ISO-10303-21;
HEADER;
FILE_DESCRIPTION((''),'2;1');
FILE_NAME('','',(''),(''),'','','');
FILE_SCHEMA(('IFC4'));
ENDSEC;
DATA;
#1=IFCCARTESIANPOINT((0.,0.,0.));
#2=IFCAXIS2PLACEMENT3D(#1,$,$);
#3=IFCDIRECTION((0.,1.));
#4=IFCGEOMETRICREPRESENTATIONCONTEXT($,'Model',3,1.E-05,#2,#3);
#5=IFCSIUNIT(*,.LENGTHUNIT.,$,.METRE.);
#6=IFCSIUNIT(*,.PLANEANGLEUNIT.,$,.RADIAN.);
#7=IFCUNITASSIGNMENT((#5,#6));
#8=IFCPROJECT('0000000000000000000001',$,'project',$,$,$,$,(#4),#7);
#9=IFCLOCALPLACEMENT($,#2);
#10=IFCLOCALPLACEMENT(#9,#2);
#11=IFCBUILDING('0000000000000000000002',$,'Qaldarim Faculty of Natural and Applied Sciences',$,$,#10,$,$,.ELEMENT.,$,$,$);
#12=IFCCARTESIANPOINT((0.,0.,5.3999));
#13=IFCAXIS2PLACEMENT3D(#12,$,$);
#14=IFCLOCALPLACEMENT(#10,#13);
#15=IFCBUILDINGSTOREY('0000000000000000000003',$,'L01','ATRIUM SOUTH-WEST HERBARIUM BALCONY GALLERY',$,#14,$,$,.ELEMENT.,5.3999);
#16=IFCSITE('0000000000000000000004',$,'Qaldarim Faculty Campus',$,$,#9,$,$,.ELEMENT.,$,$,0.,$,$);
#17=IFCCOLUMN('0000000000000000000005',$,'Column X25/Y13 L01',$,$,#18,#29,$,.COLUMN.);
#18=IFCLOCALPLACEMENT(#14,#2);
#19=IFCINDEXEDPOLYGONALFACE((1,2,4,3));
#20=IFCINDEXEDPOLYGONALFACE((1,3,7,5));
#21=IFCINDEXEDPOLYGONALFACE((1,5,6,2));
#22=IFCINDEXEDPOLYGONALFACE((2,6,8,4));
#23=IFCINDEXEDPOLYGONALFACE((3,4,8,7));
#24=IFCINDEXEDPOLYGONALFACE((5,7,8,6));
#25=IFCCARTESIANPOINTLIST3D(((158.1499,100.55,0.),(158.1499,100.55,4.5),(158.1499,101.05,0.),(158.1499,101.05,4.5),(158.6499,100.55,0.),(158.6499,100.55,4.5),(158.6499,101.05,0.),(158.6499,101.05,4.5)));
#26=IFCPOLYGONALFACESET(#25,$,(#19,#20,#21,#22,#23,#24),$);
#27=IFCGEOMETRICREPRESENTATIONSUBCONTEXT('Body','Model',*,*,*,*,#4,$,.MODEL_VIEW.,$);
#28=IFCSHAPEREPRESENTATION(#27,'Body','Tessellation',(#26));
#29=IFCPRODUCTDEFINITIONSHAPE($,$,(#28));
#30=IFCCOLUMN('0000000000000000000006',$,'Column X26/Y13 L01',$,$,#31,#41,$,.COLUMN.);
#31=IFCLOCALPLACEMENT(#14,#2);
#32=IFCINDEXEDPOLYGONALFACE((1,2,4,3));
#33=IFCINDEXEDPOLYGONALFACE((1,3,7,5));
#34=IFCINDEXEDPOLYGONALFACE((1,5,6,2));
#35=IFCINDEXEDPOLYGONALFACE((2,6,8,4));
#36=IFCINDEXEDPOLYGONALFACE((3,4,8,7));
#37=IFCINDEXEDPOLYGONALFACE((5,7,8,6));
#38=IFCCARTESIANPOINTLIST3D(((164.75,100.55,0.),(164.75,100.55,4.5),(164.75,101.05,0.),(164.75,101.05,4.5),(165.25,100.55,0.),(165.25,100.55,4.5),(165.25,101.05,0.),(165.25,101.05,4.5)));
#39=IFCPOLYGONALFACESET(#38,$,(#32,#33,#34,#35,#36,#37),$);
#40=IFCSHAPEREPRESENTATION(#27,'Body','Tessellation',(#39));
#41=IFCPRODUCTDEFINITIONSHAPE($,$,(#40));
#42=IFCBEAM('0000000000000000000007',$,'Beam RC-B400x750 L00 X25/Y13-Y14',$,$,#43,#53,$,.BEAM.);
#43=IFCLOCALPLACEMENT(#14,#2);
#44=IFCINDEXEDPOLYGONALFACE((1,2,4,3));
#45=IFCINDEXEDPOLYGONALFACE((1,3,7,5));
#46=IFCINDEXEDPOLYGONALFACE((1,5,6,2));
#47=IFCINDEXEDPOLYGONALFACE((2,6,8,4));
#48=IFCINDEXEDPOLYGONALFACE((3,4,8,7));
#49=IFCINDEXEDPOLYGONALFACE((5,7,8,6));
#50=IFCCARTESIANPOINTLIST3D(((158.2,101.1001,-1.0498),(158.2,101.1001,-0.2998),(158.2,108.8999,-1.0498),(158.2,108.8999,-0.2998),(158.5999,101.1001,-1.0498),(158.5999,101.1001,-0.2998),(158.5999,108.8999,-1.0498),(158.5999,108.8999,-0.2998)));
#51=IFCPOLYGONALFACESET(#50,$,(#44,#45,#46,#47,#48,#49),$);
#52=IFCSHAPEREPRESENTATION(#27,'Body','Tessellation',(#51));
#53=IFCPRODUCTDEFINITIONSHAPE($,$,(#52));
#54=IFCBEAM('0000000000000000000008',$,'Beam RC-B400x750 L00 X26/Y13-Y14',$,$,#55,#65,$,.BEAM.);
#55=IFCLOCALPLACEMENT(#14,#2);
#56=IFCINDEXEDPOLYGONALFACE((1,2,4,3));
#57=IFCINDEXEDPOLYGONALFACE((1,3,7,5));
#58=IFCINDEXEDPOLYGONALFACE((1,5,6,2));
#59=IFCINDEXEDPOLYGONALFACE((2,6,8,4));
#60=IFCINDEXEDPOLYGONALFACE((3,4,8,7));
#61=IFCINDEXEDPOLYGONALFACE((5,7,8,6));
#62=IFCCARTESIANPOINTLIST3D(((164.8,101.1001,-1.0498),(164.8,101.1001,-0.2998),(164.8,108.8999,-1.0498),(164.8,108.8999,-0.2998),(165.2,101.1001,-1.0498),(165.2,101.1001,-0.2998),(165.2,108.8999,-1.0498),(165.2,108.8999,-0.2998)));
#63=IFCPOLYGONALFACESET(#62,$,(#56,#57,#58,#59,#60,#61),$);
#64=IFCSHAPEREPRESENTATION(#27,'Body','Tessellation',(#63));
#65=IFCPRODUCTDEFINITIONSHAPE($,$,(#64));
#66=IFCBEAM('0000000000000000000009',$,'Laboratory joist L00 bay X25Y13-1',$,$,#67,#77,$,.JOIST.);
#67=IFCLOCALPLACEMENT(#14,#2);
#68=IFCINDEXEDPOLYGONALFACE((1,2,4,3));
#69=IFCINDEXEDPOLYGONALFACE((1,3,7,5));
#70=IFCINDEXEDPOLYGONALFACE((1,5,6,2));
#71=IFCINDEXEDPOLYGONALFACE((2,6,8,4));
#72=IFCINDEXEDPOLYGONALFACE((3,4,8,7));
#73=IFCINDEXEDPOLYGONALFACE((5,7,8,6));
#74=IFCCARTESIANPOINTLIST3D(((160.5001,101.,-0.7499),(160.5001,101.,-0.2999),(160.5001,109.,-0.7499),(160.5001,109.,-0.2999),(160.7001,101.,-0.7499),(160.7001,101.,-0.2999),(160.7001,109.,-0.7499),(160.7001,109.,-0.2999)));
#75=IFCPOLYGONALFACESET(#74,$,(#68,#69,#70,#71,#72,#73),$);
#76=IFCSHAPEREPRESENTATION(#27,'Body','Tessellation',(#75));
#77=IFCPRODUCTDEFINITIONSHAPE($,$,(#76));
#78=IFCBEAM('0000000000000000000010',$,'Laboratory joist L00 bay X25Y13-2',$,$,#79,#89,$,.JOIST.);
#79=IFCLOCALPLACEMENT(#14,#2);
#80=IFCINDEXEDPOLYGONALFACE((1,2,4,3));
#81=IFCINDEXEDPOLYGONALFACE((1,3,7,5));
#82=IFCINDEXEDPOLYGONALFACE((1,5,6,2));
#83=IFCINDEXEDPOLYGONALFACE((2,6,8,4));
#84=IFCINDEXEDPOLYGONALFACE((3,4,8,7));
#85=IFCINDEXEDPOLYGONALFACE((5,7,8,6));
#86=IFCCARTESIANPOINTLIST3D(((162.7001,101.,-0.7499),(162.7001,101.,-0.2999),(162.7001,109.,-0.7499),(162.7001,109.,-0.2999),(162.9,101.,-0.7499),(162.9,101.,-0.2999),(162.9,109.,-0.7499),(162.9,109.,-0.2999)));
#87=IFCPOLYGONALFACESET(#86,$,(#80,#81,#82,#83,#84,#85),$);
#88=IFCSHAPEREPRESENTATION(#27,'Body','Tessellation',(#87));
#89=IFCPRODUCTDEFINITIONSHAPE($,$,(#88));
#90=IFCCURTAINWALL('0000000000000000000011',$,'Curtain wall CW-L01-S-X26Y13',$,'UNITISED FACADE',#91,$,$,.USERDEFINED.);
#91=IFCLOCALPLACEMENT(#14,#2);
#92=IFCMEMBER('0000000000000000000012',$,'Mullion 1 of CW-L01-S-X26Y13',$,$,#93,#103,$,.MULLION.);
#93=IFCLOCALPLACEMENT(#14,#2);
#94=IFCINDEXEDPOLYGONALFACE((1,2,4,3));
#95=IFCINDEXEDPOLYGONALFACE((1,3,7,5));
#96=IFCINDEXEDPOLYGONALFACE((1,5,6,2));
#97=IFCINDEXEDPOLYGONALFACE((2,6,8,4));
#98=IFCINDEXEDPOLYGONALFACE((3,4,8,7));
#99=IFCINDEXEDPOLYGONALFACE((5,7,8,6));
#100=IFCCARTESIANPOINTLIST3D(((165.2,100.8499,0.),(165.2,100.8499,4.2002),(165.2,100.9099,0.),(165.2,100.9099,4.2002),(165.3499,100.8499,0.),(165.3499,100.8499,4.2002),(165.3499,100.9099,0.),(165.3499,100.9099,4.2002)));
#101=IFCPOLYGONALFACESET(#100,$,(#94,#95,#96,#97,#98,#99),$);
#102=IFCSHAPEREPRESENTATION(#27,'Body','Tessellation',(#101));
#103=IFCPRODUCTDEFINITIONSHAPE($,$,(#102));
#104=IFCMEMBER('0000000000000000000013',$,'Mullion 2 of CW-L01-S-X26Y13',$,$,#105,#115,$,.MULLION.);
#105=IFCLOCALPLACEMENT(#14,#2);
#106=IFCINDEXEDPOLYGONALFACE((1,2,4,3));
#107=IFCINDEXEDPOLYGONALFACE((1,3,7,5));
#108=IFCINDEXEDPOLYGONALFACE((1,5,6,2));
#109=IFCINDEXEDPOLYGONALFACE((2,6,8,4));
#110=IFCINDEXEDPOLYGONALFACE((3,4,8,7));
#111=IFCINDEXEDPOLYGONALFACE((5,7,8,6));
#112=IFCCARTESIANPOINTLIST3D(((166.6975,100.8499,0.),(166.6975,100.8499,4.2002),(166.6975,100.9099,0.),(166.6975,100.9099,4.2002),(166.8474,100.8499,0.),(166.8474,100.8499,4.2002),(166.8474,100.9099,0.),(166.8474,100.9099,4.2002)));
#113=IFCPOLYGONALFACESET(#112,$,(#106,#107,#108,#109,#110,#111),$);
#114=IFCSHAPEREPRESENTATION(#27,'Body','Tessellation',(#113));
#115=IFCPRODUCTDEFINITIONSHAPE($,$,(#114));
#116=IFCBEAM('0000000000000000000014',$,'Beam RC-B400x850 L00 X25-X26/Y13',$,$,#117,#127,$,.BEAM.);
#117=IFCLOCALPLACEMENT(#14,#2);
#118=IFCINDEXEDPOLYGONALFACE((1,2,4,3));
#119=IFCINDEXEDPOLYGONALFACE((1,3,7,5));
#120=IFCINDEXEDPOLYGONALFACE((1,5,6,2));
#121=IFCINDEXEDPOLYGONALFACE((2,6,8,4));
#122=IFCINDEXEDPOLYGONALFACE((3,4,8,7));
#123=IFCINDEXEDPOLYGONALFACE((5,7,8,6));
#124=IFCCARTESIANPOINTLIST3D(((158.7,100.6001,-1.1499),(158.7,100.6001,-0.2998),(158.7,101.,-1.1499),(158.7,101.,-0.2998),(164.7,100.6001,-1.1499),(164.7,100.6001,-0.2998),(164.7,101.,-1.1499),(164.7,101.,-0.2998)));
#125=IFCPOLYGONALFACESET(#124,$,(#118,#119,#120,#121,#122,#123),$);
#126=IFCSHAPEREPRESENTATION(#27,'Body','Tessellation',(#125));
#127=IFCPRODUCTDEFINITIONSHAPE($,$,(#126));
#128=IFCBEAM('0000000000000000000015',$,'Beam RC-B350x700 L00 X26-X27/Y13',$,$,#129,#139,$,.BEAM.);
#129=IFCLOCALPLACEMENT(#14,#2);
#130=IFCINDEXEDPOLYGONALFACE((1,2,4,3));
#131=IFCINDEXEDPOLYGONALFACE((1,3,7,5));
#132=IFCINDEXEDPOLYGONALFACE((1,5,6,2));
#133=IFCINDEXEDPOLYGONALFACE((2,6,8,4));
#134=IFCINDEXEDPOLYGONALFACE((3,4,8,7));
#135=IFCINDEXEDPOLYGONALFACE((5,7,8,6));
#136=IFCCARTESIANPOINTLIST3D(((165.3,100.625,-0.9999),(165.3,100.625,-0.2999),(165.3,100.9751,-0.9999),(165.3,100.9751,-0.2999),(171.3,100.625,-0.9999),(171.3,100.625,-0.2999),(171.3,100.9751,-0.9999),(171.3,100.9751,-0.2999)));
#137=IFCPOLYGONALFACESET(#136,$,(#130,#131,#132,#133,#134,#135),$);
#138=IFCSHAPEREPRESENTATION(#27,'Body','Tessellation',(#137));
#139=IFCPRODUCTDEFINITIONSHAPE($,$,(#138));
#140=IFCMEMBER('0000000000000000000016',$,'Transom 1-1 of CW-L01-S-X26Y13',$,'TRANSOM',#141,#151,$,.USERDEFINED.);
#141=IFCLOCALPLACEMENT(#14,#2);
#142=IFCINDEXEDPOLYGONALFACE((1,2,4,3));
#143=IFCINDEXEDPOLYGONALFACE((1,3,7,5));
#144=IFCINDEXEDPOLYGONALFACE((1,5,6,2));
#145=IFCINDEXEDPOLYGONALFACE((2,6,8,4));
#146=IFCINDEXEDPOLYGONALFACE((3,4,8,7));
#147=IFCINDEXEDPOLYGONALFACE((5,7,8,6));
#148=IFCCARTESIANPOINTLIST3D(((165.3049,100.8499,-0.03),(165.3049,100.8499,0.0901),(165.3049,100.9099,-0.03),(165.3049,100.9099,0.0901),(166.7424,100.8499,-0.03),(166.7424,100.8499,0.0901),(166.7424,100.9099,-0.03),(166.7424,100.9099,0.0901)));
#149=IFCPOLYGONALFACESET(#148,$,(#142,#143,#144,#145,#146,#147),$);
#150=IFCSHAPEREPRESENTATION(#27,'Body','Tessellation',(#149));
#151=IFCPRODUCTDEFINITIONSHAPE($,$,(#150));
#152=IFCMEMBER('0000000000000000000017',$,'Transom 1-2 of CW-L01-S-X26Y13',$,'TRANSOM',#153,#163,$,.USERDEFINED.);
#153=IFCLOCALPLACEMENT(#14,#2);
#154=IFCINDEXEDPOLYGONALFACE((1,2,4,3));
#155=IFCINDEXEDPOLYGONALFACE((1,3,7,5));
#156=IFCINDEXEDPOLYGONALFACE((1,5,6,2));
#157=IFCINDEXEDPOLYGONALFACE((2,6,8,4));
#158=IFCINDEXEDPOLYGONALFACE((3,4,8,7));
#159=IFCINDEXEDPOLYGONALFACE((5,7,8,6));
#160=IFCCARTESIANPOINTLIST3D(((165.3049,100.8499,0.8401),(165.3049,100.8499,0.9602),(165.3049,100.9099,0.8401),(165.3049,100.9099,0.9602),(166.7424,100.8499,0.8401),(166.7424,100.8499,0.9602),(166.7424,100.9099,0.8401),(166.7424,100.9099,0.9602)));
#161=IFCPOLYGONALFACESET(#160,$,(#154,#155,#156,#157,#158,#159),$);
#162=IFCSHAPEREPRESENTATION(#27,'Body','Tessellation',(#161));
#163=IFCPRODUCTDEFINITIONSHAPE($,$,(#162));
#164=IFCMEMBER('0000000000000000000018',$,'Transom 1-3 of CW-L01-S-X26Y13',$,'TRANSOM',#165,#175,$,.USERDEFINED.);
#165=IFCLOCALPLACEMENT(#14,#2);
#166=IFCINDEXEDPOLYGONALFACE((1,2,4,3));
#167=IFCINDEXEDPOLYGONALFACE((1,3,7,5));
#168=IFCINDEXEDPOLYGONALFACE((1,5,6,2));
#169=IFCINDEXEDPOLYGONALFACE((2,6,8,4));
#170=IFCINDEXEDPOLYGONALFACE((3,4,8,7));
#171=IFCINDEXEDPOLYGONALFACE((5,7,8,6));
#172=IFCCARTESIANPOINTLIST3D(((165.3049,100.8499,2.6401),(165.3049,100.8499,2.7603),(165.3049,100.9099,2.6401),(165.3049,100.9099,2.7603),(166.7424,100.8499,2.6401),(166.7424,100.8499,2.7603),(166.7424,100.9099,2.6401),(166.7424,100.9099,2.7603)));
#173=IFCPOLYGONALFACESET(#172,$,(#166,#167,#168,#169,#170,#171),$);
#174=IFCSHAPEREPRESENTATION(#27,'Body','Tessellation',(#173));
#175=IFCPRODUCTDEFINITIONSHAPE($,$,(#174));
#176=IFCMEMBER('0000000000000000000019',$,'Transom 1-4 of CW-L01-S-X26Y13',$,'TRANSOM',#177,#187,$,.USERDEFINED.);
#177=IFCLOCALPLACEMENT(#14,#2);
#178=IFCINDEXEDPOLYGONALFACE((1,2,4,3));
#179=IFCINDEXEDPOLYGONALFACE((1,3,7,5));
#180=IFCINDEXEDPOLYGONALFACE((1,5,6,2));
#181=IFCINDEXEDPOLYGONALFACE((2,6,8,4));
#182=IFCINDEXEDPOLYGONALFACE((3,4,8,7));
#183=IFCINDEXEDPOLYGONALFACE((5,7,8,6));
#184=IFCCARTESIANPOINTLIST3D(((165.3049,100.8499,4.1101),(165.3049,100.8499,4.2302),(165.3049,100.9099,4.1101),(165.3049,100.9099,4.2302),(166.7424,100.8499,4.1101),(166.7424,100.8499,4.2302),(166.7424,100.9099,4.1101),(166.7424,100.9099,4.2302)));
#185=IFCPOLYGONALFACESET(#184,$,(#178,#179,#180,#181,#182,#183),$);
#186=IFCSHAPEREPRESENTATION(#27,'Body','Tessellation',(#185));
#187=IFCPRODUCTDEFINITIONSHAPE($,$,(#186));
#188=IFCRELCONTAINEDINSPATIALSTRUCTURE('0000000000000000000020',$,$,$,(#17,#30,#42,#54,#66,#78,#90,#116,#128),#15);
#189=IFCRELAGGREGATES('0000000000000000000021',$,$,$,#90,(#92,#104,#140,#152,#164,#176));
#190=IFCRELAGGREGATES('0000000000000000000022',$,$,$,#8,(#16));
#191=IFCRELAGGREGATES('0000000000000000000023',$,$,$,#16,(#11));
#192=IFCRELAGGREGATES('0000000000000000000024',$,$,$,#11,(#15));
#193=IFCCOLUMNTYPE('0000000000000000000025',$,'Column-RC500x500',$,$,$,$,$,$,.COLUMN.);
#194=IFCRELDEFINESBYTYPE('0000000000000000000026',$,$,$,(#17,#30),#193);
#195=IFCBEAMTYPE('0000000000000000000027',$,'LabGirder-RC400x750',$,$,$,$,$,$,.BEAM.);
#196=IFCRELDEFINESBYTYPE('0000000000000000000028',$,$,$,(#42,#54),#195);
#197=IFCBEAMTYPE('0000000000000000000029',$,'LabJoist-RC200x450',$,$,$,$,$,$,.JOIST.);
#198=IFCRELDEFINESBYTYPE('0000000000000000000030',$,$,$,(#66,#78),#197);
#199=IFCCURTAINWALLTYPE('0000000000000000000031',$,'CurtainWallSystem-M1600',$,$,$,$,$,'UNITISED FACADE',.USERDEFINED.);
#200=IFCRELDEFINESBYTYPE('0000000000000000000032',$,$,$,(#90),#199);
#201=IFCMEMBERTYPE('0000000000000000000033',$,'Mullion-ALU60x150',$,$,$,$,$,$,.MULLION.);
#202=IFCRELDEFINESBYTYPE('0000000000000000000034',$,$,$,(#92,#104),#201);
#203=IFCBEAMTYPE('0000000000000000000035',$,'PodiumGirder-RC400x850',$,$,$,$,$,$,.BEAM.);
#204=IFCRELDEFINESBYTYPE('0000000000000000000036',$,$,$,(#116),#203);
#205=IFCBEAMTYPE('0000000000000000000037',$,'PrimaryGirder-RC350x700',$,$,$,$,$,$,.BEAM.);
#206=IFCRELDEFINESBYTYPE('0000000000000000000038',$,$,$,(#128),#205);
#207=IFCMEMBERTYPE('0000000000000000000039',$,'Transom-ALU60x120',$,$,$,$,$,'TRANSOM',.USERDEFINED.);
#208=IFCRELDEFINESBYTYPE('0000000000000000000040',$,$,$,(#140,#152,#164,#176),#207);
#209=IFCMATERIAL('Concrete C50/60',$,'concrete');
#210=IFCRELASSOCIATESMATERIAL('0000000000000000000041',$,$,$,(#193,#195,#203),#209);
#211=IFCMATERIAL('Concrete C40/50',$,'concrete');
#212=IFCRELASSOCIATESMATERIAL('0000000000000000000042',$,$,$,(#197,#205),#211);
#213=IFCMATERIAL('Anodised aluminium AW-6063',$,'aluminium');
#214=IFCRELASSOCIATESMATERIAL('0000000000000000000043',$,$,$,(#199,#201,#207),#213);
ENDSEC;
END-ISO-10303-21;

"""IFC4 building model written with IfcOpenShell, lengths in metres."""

from ifc_helpers import new_model, si_unit, direction, frame, origin, origin_2d, place, context, subcontext, project, spatial, rectangle, extrude, material, material_profile, profile_set, type_object, element, aggregate, save


model = new_model("IFC4")

# Units and contexts
model_context = context("Model", 3, precision=1e-05, world=origin(), true_north=direction((0.0, 1.0)))
body_context = subcontext(model_context, "Body", "Model", "MODEL_VIEW")
ifc_project = project(units=[si_unit("LENGTHUNIT", "METRE"), si_unit("PLANEANGLEUNIT", "RADIAN")], contexts=[model_context])

# Site, building, storey
site_placement = place(None, origin())
site = spatial("IfcSite", under=ifc_project, at=site_placement, Name="Qaldarim Faculty Campus", CompositionType="ELEMENT", RefElevation=0.0)
building_placement = place(site_placement, origin())
building = spatial("IfcBuilding", under=site, at=building_placement, Name="Qaldarim Faculty of Natural and Applied Sciences", CompositionType="ELEMENT")
storey_placement = place(building_placement, frame((0.0, 0.0, 5.3999)))
storey = spatial("IfcBuildingStorey", under=building, at=storey_placement, Name="L01", Description="ATRIUM SOUTH-WEST HERBARIUM BALCONY GALLERY", CompositionType="ELEMENT", Elevation=5.3999)

# Columns
ifc_material_1 = material(Name="Concrete C50/60", Category="concrete")
ifc_material_profile_1 = material_profile(ifc_material_1, rectangle(XDim=0.5, YDim=0.5, at=origin_2d()), Name="RC-C500x500")
ifc_profile_set_1 = profile_set([ifc_material_profile_1], Name="Concrete C50/60")
column_type = type_object("IfcColumnType", Name="Column-RC500x500", PredefinedType="COLUMN", material=ifc_profile_set_1)
for number, where, z_axis, x_axis, name in (
    (1, (158.3999, 100.8, 0.0), (0.0, 0.0, 1.0), (1.0, 0.0, 0.0), "Column X25/Y13 L01"),
    (2, (165.0, 100.8, 0.0), (0.0, 0.0, 1.0), (1.0, 0.0, 0.0), "Column X26/Y13 L01"),
):
    element("IfcColumn", number, at=place(storey_placement, frame(where, z_axis=z_axis, x_axis=x_axis)), inside=storey, type_object=column_type, Name=name, PredefinedType="COLUMN", context=body_context, shape_type="SweptSolid", body=[
        extrude(rectangle(XDim=0.5, YDim=0.5, at=origin_2d()), origin(), (0.0, 0.0, 1.0), 4.5),
    ])

# Beams
ifc_material_profile_2 = material_profile(ifc_material_1, rectangle(XDim=0.3999, YDim=0.75, at=origin_2d()), Name="RC-B400x750")
ifc_profile_set_2 = profile_set([ifc_material_profile_2], Name="Concrete C50/60")
beam_type_1 = type_object("IfcBeamType", Name="LabGirder-RC400x750", PredefinedType="BEAM", material=ifc_profile_set_2)
for number, where, z_axis, x_axis, name in (
    (3, (158.3999, 101.1001, -0.6748), (0.0, 1.0, 0.0), (-1.0, 0.0, 0.0), "Beam RC-B400x750 L00 X25/Y13-Y14"),
    (4, (165.0, 101.1001, -0.6748), (0.0, 1.0, 0.0), (-1.0, 0.0, 0.0), "Beam RC-B400x750 L00 X26/Y13-Y14"),
):
    element("IfcBeam", number, at=place(storey_placement, frame(where, z_axis=z_axis, x_axis=x_axis)), inside=storey, type_object=beam_type_1, Name=name, PredefinedType="BEAM", context=body_context, shape_type="SweptSolid", body=[
        extrude(rectangle(XDim=0.3999, YDim=0.75, at=origin_2d()), origin(), (0.0, 0.0, 1.0), 7.7998),
    ])
ifc_material_2 = material(Name="Concrete C40/50", Category="concrete")
ifc_material_profile_3 = material_profile(ifc_material_2, rectangle(XDim=0.2, YDim=0.45, at=origin_2d()), Name="RC-J200x450")
ifc_profile_set_3 = profile_set([ifc_material_profile_3], Name="Concrete C40/50")
beam_type_2 = type_object("IfcBeamType", Name="LabJoist-RC200x450", PredefinedType="JOIST", material=ifc_profile_set_3)
for number, where, z_axis, x_axis, name in (
    (5, (160.6001, 101.0, -0.5249), (0.0, 1.0, 0.0), (-1.0, 0.0, 0.0), "Laboratory joist L00 bay X25Y13-1"),
    (6, (162.8, 101.0, -0.5249), (0.0, 1.0, 0.0), (-1.0, 0.0, 0.0), "Laboratory joist L00 bay X25Y13-2"),
):
    element("IfcBeam", number, at=place(storey_placement, frame(where, z_axis=z_axis, x_axis=x_axis)), inside=storey, type_object=beam_type_2, Name=name, PredefinedType="JOIST", context=body_context, shape_type="SweptSolid", body=[
        extrude(rectangle(XDim=0.2, YDim=0.45, at=origin_2d()), origin(), (0.0, 0.0, 1.0), 8.0),
    ])

# Curtain wall, members
ifc_material_3 = material(Name="Anodised aluminium AW-6063", Category="aluminium")
curtain_wall_type = type_object("IfcCurtainWallType", Name="CurtainWallSystem-M1600", ElementType="UNITISED FACADE", PredefinedType="USERDEFINED", material=ifc_material_3)
curtain_wall_placement = place(storey_placement, origin())
curtain_wall = element("IfcCurtainWall", 7, at=curtain_wall_placement, inside=storey, type_object=curtain_wall_type, Name="Curtain wall CW-L01-S-X26Y13", ObjectType="UNITISED FACADE", PredefinedType="USERDEFINED")
ifc_material_profile_4 = material_profile(ifc_material_3, rectangle(XDim=0.0601, YDim=0.1499, at=origin_2d()), Name="ALU-M60x150")
ifc_profile_set_4 = profile_set([ifc_material_profile_4], Name="Anodised aluminium AW-6063")
member_type_1 = type_object("IfcMemberType", Name="Mullion-ALU60x150", PredefinedType="MULLION", material=ifc_profile_set_4)
member_1_placement = place(storey_placement, frame((165.2749, 100.8799, 0.0), z_axis=(0.0, 0.0, 1.0), x_axis=(0.0, 1.0, 0.0)))
member_1 = element("IfcMember", 8, at=member_1_placement, type_object=member_type_1, Name="Mullion 1 of CW-L01-S-X26Y13", PredefinedType="MULLION", context=body_context, shape_type="SweptSolid", body=[
    extrude(rectangle(XDim=0.0601, YDim=0.1499, at=origin_2d()), origin(), (0.0, 0.0, 1.0), 4.2002),
])
member_2_placement = place(storey_placement, frame((166.7725, 100.8799, 0.0), z_axis=(0.0, 0.0, 1.0), x_axis=(0.0, 1.0, 0.0)))
member_2 = element("IfcMember", 9, at=member_2_placement, type_object=member_type_1, Name="Mullion 2 of CW-L01-S-X26Y13", PredefinedType="MULLION", context=body_context, shape_type="SweptSolid", body=[
    extrude(rectangle(XDim=0.0601, YDim=0.1499, at=origin_2d()), origin(), (0.0, 0.0, 1.0), 4.2002),
])

# Beams
ifc_material_profile_5 = material_profile(ifc_material_1, rectangle(XDim=0.3999, YDim=0.8501, at=origin_2d()), Name="RC-B400x850")
ifc_profile_set_5 = profile_set([ifc_material_profile_5], Name="Concrete C50/60")
beam_type_3 = type_object("IfcBeamType", Name="PodiumGirder-RC400x850", PredefinedType="BEAM", material=ifc_profile_set_5)
beam_1_placement = place(storey_placement, frame((158.7, 100.8, -0.7249), z_axis=(1.0, 0.0, 0.0), x_axis=(0.0, 1.0, 0.0)))
element("IfcBeam", 10, at=beam_1_placement, inside=storey, type_object=beam_type_3, Name="Beam RC-B400x850 L00 X25-X26/Y13", PredefinedType="BEAM", context=body_context, shape_type="SweptSolid", body=[
    extrude(rectangle(XDim=0.3999, YDim=0.8501, at=origin_2d()), origin(), (0.0, 0.0, 1.0), 6.0),
])
ifc_material_profile_6 = material_profile(ifc_material_2, rectangle(XDim=0.3501, YDim=0.7, at=origin_2d()), Name="RC-B350x700")
ifc_profile_set_6 = profile_set([ifc_material_profile_6], Name="Concrete C40/50")
beam_type_4 = type_object("IfcBeamType", Name="PrimaryGirder-RC350x700", PredefinedType="BEAM", material=ifc_profile_set_6)
beam_2_placement = place(storey_placement, frame((165.3, 100.8, -0.6499), z_axis=(1.0, 0.0, 0.0), x_axis=(0.0, 1.0, 0.0)))
element("IfcBeam", 11, at=beam_2_placement, inside=storey, type_object=beam_type_4, Name="Beam RC-B350x700 L00 X26-X27/Y13", PredefinedType="BEAM", context=body_context, shape_type="SweptSolid", body=[
    extrude(rectangle(XDim=0.3501, YDim=0.7, at=origin_2d()), origin(), (0.0, 0.0, 1.0), 6.0),
])

# Members
ifc_material_profile_7 = material_profile(ifc_material_3, rectangle(XDim=0.0601, YDim=0.1201, at=origin_2d()), Name="ALU-T60x120")
ifc_profile_set_7 = profile_set([ifc_material_profile_7], Name="Anodised aluminium AW-6063")
member_type_2 = type_object("IfcMemberType", Name="Transom-ALU60x120", ElementType="TRANSOM", PredefinedType="USERDEFINED", material=ifc_profile_set_7)
member_3_placement = place(storey_placement, frame((165.3049, 100.8799, 0.03), z_axis=(1.0, 0.0, 0.0), x_axis=(0.0, 1.0, 0.0)))
member_3 = element("IfcMember", 12, at=member_3_placement, type_object=member_type_2, Name="Transom 1-1 of CW-L01-S-X26Y13", ObjectType="TRANSOM", PredefinedType="USERDEFINED", context=body_context, shape_type="SweptSolid", body=[
    extrude(rectangle(XDim=0.0601, YDim=0.1201, at=origin_2d()), origin(), (0.0, 0.0, 1.0), 1.4375),
])
member_4_placement = place(storey_placement, frame((165.3049, 100.8799, 0.9001), z_axis=(1.0, 0.0, 0.0), x_axis=(0.0, 1.0, 0.0)))
member_4 = element("IfcMember", 13, at=member_4_placement, type_object=member_type_2, Name="Transom 1-2 of CW-L01-S-X26Y13", ObjectType="TRANSOM", PredefinedType="USERDEFINED", context=body_context, shape_type="SweptSolid", body=[
    extrude(rectangle(XDim=0.0601, YDim=0.1201, at=origin_2d()), origin(), (0.0, 0.0, 1.0), 1.4375),
])
member_5_placement = place(storey_placement, frame((165.3049, 100.8799, 2.7002), z_axis=(1.0, 0.0, 0.0), x_axis=(0.0, 1.0, 0.0)))
member_5 = element("IfcMember", 14, at=member_5_placement, type_object=member_type_2, Name="Transom 1-3 of CW-L01-S-X26Y13", ObjectType="TRANSOM", PredefinedType="USERDEFINED", context=body_context, shape_type="SweptSolid", body=[
    extrude(rectangle(XDim=0.0601, YDim=0.1201, at=origin_2d()), origin(), (0.0, 0.0, 1.0), 1.4375),
])
member_6_placement = place(storey_placement, frame((165.3049, 100.8799, 4.1702), z_axis=(1.0, 0.0, 0.0), x_axis=(0.0, 1.0, 0.0)))
member_6 = element("IfcMember", 15, at=member_6_placement, type_object=member_type_2, Name="Transom 1-4 of CW-L01-S-X26Y13", ObjectType="TRANSOM", PredefinedType="USERDEFINED", context=body_context, shape_type="SweptSolid", body=[
    extrude(rectangle(XDim=0.0601, YDim=0.1201, at=origin_2d()), origin(), (0.0, 0.0, 1.0), 1.4375),
])

aggregate(curtain_wall, [member_1, member_2, member_3, member_4, member_5, member_6])

save(model, "model.ifc")
